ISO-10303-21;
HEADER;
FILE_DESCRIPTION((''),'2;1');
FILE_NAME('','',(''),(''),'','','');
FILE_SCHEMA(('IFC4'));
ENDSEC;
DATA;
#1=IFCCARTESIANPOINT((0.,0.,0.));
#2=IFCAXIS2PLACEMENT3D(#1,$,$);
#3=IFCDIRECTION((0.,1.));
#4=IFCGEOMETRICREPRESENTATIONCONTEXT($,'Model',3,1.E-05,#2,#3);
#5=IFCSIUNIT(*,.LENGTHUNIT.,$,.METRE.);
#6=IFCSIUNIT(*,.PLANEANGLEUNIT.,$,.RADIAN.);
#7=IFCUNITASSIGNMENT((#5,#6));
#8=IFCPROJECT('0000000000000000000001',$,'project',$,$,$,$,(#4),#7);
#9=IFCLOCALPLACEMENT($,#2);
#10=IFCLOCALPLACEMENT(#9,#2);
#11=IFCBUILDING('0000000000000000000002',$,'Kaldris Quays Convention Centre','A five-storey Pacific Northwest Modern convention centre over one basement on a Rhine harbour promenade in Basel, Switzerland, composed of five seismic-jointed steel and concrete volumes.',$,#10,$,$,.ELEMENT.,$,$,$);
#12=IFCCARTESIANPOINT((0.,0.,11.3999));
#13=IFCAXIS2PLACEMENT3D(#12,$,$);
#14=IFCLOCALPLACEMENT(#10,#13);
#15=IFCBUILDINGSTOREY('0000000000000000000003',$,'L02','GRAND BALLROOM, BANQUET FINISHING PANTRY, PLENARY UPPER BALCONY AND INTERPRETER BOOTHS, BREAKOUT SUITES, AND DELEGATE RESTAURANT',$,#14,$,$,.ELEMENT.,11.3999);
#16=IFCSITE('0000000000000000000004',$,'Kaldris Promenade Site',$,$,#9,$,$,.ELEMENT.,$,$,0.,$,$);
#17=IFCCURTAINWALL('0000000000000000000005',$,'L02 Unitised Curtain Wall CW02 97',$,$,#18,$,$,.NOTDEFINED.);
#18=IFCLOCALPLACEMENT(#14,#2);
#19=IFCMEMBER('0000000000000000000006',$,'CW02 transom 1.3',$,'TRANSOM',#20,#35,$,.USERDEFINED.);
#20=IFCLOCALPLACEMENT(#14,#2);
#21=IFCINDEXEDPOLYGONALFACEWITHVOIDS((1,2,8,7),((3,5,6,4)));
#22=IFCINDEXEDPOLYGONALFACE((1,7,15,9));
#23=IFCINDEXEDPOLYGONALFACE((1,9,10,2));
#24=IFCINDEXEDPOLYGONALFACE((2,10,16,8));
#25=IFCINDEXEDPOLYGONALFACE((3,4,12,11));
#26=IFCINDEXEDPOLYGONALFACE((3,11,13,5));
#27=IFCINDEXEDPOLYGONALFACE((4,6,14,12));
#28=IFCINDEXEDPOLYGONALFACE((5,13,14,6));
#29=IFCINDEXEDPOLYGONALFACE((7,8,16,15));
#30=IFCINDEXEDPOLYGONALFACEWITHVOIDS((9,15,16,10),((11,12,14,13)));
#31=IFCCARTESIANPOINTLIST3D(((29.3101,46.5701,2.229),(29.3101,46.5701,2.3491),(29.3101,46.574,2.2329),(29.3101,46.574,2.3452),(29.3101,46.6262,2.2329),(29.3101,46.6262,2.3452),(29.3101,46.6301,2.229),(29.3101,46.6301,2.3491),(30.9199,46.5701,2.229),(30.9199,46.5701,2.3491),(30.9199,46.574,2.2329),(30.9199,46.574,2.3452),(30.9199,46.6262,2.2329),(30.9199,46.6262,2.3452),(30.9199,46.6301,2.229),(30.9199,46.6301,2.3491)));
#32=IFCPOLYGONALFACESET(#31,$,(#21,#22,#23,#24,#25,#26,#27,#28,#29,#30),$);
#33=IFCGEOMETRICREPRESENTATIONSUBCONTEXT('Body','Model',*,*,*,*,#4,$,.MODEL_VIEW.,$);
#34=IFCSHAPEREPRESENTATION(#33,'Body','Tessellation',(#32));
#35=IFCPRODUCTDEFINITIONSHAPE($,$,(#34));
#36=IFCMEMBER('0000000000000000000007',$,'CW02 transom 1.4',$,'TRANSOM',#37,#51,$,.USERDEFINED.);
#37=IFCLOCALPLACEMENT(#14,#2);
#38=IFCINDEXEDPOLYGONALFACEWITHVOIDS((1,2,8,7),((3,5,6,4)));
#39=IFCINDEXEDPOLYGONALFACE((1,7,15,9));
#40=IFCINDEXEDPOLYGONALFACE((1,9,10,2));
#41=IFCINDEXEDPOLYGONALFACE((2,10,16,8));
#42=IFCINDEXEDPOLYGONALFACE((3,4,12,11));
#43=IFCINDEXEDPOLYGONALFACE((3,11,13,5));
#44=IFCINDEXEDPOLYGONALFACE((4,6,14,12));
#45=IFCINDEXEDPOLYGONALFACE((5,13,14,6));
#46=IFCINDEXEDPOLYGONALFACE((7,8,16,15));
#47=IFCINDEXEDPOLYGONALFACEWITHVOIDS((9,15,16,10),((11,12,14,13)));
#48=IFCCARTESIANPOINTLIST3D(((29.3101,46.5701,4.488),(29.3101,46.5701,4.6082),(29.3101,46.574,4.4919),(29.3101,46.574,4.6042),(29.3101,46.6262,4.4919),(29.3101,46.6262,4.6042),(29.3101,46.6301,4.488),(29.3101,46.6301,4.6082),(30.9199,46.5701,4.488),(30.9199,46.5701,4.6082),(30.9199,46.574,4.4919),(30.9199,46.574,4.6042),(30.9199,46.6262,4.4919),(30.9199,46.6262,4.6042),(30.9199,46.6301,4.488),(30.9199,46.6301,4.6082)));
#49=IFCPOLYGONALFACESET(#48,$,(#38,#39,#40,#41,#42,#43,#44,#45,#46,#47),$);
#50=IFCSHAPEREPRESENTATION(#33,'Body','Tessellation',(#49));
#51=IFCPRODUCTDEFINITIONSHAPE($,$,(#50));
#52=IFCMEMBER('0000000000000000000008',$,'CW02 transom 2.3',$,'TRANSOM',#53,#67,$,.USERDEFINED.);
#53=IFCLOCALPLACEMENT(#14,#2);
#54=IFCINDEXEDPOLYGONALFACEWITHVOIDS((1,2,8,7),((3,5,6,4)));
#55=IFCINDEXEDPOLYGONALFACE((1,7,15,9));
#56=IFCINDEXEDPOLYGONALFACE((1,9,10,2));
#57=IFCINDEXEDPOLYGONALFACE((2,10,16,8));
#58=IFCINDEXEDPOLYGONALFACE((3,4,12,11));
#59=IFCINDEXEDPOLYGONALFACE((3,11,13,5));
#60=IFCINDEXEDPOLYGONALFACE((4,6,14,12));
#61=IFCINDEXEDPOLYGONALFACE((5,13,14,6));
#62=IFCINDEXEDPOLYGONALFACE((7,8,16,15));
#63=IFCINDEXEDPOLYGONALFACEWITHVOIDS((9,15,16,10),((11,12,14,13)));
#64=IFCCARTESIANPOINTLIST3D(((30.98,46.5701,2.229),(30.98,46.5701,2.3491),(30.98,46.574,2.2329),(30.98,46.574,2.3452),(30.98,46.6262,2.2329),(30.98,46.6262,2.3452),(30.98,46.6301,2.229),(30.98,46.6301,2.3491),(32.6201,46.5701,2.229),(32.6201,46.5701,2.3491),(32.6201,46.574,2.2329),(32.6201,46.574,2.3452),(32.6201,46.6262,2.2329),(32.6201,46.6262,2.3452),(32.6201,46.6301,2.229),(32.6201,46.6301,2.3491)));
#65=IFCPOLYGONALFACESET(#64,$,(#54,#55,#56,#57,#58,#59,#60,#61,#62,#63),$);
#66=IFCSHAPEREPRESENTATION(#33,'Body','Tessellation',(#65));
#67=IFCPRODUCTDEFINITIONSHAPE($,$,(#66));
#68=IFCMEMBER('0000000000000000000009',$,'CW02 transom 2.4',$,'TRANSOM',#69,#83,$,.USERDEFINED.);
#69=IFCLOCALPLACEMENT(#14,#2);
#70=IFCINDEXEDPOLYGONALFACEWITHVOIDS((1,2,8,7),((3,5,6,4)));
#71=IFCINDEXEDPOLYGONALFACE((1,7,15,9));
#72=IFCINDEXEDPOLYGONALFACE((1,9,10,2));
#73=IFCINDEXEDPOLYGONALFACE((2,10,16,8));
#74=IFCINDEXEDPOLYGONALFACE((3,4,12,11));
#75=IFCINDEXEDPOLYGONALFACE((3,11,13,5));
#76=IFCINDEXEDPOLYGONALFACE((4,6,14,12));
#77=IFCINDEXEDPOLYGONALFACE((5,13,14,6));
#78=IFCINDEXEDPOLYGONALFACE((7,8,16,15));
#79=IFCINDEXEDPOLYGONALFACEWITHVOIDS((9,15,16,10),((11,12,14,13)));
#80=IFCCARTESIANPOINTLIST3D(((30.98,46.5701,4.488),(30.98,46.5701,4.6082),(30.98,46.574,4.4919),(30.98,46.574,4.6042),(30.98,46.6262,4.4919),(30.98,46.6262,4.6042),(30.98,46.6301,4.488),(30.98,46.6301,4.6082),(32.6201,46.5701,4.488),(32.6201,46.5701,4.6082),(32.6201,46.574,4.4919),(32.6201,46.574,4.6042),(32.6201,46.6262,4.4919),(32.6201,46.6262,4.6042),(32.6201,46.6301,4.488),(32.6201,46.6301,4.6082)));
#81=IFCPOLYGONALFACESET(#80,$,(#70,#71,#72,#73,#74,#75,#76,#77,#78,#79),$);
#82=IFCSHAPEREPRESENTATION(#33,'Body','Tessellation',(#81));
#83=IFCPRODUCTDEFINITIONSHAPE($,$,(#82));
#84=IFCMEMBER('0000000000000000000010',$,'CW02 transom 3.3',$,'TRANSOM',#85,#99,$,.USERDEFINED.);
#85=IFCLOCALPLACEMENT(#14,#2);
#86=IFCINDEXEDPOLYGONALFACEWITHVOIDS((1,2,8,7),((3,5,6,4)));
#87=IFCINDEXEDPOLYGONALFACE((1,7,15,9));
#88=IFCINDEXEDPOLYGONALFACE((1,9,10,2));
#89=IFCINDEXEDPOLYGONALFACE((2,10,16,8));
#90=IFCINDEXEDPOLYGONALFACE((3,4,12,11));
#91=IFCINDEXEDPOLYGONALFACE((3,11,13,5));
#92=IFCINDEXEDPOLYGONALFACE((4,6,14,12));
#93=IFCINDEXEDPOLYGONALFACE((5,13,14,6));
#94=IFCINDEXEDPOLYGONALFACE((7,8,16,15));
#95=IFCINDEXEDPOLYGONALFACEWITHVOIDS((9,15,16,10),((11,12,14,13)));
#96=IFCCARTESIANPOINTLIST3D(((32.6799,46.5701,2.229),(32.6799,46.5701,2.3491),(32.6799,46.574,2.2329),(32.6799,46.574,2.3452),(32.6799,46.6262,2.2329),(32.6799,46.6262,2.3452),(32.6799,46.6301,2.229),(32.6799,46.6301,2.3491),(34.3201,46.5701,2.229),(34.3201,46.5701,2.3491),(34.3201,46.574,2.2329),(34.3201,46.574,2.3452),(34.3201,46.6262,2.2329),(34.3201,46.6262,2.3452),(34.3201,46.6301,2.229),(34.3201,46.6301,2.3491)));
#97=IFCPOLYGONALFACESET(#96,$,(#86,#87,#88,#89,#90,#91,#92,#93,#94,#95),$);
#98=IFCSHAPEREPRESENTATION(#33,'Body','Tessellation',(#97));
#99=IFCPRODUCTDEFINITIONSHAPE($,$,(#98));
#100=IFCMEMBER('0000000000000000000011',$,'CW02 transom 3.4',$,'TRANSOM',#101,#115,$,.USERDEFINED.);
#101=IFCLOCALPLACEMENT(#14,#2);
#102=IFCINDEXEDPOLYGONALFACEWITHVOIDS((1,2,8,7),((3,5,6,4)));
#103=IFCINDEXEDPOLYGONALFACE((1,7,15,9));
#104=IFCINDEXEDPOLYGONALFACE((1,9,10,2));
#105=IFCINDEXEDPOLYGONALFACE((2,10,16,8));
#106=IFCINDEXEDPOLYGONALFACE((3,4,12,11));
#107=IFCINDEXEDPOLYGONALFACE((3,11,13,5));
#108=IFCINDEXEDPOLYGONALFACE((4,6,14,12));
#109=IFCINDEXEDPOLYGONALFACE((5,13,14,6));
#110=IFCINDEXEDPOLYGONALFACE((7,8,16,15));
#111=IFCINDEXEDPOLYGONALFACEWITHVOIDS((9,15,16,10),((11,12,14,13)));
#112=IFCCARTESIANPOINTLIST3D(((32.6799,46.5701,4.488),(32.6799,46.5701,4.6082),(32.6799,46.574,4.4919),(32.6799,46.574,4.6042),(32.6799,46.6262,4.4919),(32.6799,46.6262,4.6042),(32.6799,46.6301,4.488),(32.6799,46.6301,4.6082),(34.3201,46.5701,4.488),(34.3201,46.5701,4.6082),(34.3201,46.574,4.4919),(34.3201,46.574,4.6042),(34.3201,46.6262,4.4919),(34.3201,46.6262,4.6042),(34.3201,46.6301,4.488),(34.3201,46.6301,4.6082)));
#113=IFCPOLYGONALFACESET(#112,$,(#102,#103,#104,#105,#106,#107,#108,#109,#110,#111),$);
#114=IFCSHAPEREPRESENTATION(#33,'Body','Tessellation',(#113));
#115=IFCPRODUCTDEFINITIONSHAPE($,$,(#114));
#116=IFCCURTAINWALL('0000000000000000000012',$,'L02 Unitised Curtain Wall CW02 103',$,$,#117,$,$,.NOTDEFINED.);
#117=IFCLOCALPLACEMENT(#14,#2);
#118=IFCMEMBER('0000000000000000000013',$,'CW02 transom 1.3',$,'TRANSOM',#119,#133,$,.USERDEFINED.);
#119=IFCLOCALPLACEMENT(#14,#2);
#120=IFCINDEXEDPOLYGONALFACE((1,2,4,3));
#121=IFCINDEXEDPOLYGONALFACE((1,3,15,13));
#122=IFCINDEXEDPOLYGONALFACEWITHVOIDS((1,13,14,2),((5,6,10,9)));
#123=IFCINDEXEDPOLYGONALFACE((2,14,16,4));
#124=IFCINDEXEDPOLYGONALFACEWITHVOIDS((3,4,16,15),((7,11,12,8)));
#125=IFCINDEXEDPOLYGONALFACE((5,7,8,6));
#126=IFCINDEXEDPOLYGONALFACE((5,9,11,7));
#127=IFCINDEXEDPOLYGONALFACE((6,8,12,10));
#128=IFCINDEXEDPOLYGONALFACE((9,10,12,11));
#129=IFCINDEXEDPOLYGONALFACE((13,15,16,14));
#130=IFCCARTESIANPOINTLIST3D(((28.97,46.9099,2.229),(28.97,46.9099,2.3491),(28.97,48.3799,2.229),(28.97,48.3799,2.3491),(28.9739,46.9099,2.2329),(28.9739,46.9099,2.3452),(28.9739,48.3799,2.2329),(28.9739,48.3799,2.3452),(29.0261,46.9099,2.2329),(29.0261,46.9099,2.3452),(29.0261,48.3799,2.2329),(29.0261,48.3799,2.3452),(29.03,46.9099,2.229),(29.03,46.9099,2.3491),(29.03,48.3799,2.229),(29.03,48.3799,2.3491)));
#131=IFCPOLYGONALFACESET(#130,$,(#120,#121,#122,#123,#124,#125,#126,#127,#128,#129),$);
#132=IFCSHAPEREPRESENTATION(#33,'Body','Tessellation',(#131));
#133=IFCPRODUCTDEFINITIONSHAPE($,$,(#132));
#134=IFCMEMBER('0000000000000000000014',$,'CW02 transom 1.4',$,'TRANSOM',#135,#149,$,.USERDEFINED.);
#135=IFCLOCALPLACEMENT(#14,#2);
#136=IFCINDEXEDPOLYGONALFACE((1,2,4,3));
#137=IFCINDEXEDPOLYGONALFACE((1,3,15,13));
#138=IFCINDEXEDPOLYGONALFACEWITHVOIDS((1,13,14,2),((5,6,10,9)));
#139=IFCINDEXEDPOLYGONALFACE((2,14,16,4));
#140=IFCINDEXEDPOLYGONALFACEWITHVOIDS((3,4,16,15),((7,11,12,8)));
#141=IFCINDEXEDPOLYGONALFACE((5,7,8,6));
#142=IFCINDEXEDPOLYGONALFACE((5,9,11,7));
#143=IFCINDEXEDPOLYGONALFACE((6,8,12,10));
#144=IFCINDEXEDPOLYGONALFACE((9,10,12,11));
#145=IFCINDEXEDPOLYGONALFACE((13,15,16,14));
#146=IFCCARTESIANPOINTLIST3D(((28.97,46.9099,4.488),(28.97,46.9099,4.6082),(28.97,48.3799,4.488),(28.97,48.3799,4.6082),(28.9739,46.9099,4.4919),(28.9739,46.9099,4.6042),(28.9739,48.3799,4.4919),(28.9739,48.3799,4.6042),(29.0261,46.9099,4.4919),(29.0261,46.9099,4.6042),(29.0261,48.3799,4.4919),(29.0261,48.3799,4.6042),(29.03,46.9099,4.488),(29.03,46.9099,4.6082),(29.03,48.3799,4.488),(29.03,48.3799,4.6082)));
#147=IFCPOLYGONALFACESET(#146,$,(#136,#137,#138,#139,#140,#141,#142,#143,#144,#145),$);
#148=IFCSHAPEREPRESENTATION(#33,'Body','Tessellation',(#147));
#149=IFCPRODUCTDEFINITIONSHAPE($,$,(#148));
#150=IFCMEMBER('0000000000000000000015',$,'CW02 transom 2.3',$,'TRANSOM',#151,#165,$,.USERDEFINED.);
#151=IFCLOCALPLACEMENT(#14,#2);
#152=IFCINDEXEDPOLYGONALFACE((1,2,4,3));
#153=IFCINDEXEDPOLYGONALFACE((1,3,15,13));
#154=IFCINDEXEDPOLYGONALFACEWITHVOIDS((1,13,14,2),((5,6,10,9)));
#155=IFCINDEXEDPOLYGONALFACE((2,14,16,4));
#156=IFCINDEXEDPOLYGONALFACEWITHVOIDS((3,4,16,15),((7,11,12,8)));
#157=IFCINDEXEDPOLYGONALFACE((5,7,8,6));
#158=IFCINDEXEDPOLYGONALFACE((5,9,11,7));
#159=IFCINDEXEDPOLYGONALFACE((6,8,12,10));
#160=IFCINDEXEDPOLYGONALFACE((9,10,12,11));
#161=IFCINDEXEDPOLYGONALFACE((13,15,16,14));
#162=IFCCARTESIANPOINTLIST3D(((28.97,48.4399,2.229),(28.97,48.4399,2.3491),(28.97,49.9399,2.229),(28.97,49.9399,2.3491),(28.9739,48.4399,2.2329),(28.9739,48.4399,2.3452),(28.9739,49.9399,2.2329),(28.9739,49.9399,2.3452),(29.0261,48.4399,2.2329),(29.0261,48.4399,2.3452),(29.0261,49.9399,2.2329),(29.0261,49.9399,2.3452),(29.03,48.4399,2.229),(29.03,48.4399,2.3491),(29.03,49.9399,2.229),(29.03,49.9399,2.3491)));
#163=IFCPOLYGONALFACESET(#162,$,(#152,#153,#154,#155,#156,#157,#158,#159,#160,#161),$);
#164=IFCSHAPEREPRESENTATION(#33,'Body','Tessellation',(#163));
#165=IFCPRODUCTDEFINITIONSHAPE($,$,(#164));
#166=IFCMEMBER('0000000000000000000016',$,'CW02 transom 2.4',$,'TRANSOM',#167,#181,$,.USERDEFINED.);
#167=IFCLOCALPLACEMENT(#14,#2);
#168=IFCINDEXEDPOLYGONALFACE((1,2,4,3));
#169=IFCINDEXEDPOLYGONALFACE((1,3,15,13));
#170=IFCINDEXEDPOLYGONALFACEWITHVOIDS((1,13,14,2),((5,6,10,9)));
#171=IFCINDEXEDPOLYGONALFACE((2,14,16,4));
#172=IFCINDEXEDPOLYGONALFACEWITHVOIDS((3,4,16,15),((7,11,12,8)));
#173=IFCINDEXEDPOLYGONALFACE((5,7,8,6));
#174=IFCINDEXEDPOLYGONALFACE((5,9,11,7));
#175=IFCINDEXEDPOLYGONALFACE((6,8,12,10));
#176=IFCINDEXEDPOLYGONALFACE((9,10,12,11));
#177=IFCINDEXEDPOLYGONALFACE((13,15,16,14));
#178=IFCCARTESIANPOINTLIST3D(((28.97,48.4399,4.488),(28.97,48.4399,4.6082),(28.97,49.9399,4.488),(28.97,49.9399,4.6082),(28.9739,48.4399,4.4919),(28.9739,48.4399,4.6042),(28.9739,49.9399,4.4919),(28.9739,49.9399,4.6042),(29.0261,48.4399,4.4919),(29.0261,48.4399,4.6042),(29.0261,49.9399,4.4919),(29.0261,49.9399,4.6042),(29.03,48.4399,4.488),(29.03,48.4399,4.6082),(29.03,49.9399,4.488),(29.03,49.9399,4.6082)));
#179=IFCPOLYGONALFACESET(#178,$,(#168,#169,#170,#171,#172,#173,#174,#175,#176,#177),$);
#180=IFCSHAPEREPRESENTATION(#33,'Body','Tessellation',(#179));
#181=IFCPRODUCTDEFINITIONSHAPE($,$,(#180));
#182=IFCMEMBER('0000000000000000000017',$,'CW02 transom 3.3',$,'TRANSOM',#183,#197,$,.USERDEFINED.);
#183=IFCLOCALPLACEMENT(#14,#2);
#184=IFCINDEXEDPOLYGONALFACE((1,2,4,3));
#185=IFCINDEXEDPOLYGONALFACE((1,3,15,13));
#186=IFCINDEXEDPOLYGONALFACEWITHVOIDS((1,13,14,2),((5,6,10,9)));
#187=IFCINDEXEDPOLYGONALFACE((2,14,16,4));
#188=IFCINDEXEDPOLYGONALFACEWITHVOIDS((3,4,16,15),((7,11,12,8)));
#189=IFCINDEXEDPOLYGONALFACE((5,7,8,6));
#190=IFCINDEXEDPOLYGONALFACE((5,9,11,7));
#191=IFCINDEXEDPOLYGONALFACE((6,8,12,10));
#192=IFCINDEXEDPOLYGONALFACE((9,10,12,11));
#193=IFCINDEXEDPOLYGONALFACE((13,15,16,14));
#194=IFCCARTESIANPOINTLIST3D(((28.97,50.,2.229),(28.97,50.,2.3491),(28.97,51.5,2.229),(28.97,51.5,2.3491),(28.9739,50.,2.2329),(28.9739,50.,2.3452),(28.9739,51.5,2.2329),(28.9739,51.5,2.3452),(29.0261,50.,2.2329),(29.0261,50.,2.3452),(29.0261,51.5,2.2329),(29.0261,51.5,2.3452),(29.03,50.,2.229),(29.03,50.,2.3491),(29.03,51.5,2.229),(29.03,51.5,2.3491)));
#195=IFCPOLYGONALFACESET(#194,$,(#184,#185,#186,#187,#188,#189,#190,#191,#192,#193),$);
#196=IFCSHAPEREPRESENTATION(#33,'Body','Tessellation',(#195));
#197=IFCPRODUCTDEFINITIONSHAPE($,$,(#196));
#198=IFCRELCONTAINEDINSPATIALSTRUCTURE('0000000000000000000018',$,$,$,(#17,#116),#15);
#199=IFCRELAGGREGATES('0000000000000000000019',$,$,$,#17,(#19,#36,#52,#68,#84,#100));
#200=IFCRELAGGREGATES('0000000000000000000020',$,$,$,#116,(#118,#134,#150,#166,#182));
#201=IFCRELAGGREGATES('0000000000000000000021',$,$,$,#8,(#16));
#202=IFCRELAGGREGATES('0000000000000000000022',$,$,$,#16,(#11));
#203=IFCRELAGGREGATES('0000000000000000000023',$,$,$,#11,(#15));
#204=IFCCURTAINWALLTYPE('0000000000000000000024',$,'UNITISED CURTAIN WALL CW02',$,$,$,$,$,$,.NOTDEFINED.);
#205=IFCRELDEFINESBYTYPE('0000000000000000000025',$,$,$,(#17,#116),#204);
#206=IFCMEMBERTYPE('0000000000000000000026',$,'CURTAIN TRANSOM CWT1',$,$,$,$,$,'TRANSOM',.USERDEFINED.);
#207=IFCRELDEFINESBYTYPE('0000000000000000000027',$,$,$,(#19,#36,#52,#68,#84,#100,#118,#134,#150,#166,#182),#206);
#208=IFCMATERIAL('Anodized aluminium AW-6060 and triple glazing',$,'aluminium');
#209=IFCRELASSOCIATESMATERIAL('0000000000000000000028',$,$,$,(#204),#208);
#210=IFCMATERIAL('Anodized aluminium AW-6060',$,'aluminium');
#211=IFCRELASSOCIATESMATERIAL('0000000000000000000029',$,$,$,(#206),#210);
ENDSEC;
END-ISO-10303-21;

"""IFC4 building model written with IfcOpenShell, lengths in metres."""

from ifc_helpers import new_model, si_unit, direction, frame, origin, origin_2d, place, context, subcontext, project, spatial, hollow_rectangle, extrude, material, material_profile, profile_set, type_object, element, aggregate, save


model = new_model("IFC4")

# Units and contexts
model_context = context("Model", 3, precision=1e-05, world=origin(), true_north=direction((0.0, 1.0)))
body_context = subcontext(model_context, "Body", "Model", "MODEL_VIEW")
ifc_project = project(units=[si_unit("LENGTHUNIT", "METRE"), si_unit("PLANEANGLEUNIT", "RADIAN")], contexts=[model_context])

# Site, building, storey
site_placement = place(None, origin())
site = spatial("IfcSite", under=ifc_project, at=site_placement, Name="Kaldris Promenade Site", CompositionType="ELEMENT", RefElevation=0.0)
building_placement = place(site_placement, origin())
building = spatial("IfcBuilding", under=site, at=building_placement, Name="Kaldris Quays Convention Centre", Description="A five-storey Pacific Northwest Modern convention centre over one basement on a Rhine harbour promenade in Basel, Switzerland, composed of five seismic-jointed steel and concrete volumes.", CompositionType="ELEMENT")
storey_placement = place(building_placement, frame((0.0, 0.0, 11.3999)))
storey = spatial("IfcBuildingStorey", under=building, at=storey_placement, Name="L02", Description="GRAND BALLROOM, BANQUET FINISHING PANTRY, PLENARY UPPER BALCONY AND INTERPRETER BOOTHS, BREAKOUT SUITES, AND DELEGATE RESTAURANT", CompositionType="ELEMENT", Elevation=11.3999)

# Curtain walls, members
ifc_material_1 = material(Name="Anodized aluminium AW-6060 and triple glazing", Category="aluminium")
curtain_wall_type = type_object("IfcCurtainWallType", Name="UNITISED CURTAIN WALL CW02", PredefinedType="NOTDEFINED", material=ifc_material_1)
curtain_wall_1_placement = place(storey_placement, origin())
curtain_wall_1 = element("IfcCurtainWall", 1, at=curtain_wall_1_placement, inside=storey, type_object=curtain_wall_type, Name="L02 Unitised Curtain Wall CW02 97", PredefinedType="NOTDEFINED")
ifc_material_2 = material(Name="Anodized aluminium AW-6060", Category="aluminium")
ifc_material_profile_1 = material_profile(ifc_material_2, hollow_rectangle(XDim=0.0601, YDim=0.1201, WallThickness=0.0039, at=origin_2d()), Name="RHS 120x60x4")
ifc_profile_set_1 = profile_set([ifc_material_profile_1], Name="Anodized aluminium AW-6060")
member_type = type_object("IfcMemberType", Name="CURTAIN TRANSOM CWT1", ElementType="TRANSOM", PredefinedType="USERDEFINED", material=ifc_profile_set_1)
member_1_placement = place(storey_placement, frame((29.3101, 46.6001, 2.2891), z_axis=(1.0, 0.0, 0.0), x_axis=(0.0, 1.0, 0.0)))
member_1 = element("IfcMember", 2, at=member_1_placement, type_object=member_type, Name="CW02 transom 1.3", ObjectType="TRANSOM", PredefinedType="USERDEFINED", context=body_context, shape_type="SweptSolid", body=[
    extrude(hollow_rectangle(XDim=0.0601, YDim=0.1201, WallThickness=0.0039, at=origin_2d()), origin(), (0.0, 0.0, 1.0), 1.6099),
])
member_2_placement = place(storey_placement, frame((29.3101, 46.6001, 4.5481), z_axis=(1.0, 0.0, 0.0), x_axis=(0.0, 1.0, 0.0)))
member_2 = element("IfcMember", 3, at=member_2_placement, type_object=member_type, Name="CW02 transom 1.4", ObjectType="TRANSOM", PredefinedType="USERDEFINED", context=body_context, shape_type="SweptSolid", body=[
    extrude(hollow_rectangle(XDim=0.0601, YDim=0.1201, WallThickness=0.0039, at=origin_2d()), origin(), (0.0, 0.0, 1.0), 1.6099),
])
member_3_placement = place(storey_placement, frame((30.98, 46.6001, 2.2891), z_axis=(1.0, 0.0, 0.0), x_axis=(0.0, 1.0, 0.0)))
member_3 = element("IfcMember", 4, at=member_3_placement, type_object=member_type, Name="CW02 transom 2.3", ObjectType="TRANSOM", PredefinedType="USERDEFINED", context=body_context, shape_type="SweptSolid", body=[
    extrude(hollow_rectangle(XDim=0.0601, YDim=0.1201, WallThickness=0.0039, at=origin_2d()), origin(), (0.0, 0.0, 1.0), 1.6401),
])
member_4_placement = place(storey_placement, frame((30.98, 46.6001, 4.5481), z_axis=(1.0, 0.0, 0.0), x_axis=(0.0, 1.0, 0.0)))
member_4 = element("IfcMember", 5, at=member_4_placement, type_object=member_type, Name="CW02 transom 2.4", ObjectType="TRANSOM", PredefinedType="USERDEFINED", context=body_context, shape_type="SweptSolid", body=[
    extrude(hollow_rectangle(XDim=0.0601, YDim=0.1201, WallThickness=0.0039, at=origin_2d()), origin(), (0.0, 0.0, 1.0), 1.6401),
])
member_5_placement = place(storey_placement, frame((32.6799, 46.6001, 2.2891), z_axis=(1.0, 0.0, 0.0), x_axis=(0.0, 1.0, 0.0)))
member_5 = element("IfcMember", 6, at=member_5_placement, type_object=member_type, Name="CW02 transom 3.3", ObjectType="TRANSOM", PredefinedType="USERDEFINED", context=body_context, shape_type="SweptSolid", body=[
    extrude(hollow_rectangle(XDim=0.0601, YDim=0.1201, WallThickness=0.0039, at=origin_2d()), origin(), (0.0, 0.0, 1.0), 1.6401),
])
member_6_placement = place(storey_placement, frame((32.6799, 46.6001, 4.5481), z_axis=(1.0, 0.0, 0.0), x_axis=(0.0, 1.0, 0.0)))
member_6 = element("IfcMember", 7, at=member_6_placement, type_object=member_type, Name="CW02 transom 3.4", ObjectType="TRANSOM", PredefinedType="USERDEFINED", context=body_context, shape_type="SweptSolid", body=[
    extrude(hollow_rectangle(XDim=0.0601, YDim=0.1201, WallThickness=0.0039, at=origin_2d()), origin(), (0.0, 0.0, 1.0), 1.6401),
])
curtain_wall_2_placement = place(storey_placement, origin())
curtain_wall_2 = element("IfcCurtainWall", 8, at=curtain_wall_2_placement, inside=storey, type_object=curtain_wall_type, Name="L02 Unitised Curtain Wall CW02 103", PredefinedType="NOTDEFINED")
member_7_placement = place(storey_placement, frame((29.0, 46.9099, 2.2891), z_axis=(0.0, 1.0, 0.0), x_axis=(-1.0, 0.0, 0.0)))
member_7 = element("IfcMember", 9, at=member_7_placement, type_object=member_type, Name="CW02 transom 1.3", ObjectType="TRANSOM", PredefinedType="USERDEFINED", context=body_context, shape_type="SweptSolid", body=[
    extrude(hollow_rectangle(XDim=0.0601, YDim=0.1201, WallThickness=0.0039, at=origin_2d()), origin(), (0.0, 0.0, 1.0), 1.47),
])
member_8_placement = place(storey_placement, frame((29.0, 46.9099, 4.5481), z_axis=(0.0, 1.0, 0.0), x_axis=(-1.0, 0.0, 0.0)))
member_8 = element("IfcMember", 10, at=member_8_placement, type_object=member_type, Name="CW02 transom 1.4", ObjectType="TRANSOM", PredefinedType="USERDEFINED", context=body_context, shape_type="SweptSolid", body=[
    extrude(hollow_rectangle(XDim=0.0601, YDim=0.1201, WallThickness=0.0039, at=origin_2d()), origin(), (0.0, 0.0, 1.0), 1.47),
])
member_9_placement = place(storey_placement, frame((29.0, 48.4399, 2.2891), z_axis=(0.0, 1.0, 0.0), x_axis=(-1.0, 0.0, 0.0)))
member_9 = element("IfcMember", 11, at=member_9_placement, type_object=member_type, Name="CW02 transom 2.3", ObjectType="TRANSOM", PredefinedType="USERDEFINED", context=body_context, shape_type="SweptSolid", body=[
    extrude(hollow_rectangle(XDim=0.0601, YDim=0.1201, WallThickness=0.0039, at=origin_2d()), origin(), (0.0, 0.0, 1.0), 1.5),
])
member_10_placement = place(storey_placement, frame((29.0, 48.4399, 4.5481), z_axis=(0.0, 1.0, 0.0), x_axis=(-1.0, 0.0, 0.0)))
member_10 = element("IfcMember", 12, at=member_10_placement, type_object=member_type, Name="CW02 transom 2.4", ObjectType="TRANSOM", PredefinedType="USERDEFINED", context=body_context, shape_type="SweptSolid", body=[
    extrude(hollow_rectangle(XDim=0.0601, YDim=0.1201, WallThickness=0.0039, at=origin_2d()), origin(), (0.0, 0.0, 1.0), 1.5),
])
member_11_placement = place(storey_placement, frame((29.0, 50.0, 2.2891), z_axis=(0.0, 1.0, 0.0), x_axis=(-1.0, 0.0, 0.0)))
member_11 = element("IfcMember", 13, at=member_11_placement, type_object=member_type, Name="CW02 transom 3.3", ObjectType="TRANSOM", PredefinedType="USERDEFINED", context=body_context, shape_type="SweptSolid", body=[
    extrude(hollow_rectangle(XDim=0.0601, YDim=0.1201, WallThickness=0.0039, at=origin_2d()), origin(), (0.0, 0.0, 1.0), 1.5),
])

aggregate(curtain_wall_1, [member_1, member_2, member_3, member_4, member_5, member_6])
aggregate(curtain_wall_2, [member_7, member_8, member_9, member_10, member_11])

save(model, "model.ifc")
